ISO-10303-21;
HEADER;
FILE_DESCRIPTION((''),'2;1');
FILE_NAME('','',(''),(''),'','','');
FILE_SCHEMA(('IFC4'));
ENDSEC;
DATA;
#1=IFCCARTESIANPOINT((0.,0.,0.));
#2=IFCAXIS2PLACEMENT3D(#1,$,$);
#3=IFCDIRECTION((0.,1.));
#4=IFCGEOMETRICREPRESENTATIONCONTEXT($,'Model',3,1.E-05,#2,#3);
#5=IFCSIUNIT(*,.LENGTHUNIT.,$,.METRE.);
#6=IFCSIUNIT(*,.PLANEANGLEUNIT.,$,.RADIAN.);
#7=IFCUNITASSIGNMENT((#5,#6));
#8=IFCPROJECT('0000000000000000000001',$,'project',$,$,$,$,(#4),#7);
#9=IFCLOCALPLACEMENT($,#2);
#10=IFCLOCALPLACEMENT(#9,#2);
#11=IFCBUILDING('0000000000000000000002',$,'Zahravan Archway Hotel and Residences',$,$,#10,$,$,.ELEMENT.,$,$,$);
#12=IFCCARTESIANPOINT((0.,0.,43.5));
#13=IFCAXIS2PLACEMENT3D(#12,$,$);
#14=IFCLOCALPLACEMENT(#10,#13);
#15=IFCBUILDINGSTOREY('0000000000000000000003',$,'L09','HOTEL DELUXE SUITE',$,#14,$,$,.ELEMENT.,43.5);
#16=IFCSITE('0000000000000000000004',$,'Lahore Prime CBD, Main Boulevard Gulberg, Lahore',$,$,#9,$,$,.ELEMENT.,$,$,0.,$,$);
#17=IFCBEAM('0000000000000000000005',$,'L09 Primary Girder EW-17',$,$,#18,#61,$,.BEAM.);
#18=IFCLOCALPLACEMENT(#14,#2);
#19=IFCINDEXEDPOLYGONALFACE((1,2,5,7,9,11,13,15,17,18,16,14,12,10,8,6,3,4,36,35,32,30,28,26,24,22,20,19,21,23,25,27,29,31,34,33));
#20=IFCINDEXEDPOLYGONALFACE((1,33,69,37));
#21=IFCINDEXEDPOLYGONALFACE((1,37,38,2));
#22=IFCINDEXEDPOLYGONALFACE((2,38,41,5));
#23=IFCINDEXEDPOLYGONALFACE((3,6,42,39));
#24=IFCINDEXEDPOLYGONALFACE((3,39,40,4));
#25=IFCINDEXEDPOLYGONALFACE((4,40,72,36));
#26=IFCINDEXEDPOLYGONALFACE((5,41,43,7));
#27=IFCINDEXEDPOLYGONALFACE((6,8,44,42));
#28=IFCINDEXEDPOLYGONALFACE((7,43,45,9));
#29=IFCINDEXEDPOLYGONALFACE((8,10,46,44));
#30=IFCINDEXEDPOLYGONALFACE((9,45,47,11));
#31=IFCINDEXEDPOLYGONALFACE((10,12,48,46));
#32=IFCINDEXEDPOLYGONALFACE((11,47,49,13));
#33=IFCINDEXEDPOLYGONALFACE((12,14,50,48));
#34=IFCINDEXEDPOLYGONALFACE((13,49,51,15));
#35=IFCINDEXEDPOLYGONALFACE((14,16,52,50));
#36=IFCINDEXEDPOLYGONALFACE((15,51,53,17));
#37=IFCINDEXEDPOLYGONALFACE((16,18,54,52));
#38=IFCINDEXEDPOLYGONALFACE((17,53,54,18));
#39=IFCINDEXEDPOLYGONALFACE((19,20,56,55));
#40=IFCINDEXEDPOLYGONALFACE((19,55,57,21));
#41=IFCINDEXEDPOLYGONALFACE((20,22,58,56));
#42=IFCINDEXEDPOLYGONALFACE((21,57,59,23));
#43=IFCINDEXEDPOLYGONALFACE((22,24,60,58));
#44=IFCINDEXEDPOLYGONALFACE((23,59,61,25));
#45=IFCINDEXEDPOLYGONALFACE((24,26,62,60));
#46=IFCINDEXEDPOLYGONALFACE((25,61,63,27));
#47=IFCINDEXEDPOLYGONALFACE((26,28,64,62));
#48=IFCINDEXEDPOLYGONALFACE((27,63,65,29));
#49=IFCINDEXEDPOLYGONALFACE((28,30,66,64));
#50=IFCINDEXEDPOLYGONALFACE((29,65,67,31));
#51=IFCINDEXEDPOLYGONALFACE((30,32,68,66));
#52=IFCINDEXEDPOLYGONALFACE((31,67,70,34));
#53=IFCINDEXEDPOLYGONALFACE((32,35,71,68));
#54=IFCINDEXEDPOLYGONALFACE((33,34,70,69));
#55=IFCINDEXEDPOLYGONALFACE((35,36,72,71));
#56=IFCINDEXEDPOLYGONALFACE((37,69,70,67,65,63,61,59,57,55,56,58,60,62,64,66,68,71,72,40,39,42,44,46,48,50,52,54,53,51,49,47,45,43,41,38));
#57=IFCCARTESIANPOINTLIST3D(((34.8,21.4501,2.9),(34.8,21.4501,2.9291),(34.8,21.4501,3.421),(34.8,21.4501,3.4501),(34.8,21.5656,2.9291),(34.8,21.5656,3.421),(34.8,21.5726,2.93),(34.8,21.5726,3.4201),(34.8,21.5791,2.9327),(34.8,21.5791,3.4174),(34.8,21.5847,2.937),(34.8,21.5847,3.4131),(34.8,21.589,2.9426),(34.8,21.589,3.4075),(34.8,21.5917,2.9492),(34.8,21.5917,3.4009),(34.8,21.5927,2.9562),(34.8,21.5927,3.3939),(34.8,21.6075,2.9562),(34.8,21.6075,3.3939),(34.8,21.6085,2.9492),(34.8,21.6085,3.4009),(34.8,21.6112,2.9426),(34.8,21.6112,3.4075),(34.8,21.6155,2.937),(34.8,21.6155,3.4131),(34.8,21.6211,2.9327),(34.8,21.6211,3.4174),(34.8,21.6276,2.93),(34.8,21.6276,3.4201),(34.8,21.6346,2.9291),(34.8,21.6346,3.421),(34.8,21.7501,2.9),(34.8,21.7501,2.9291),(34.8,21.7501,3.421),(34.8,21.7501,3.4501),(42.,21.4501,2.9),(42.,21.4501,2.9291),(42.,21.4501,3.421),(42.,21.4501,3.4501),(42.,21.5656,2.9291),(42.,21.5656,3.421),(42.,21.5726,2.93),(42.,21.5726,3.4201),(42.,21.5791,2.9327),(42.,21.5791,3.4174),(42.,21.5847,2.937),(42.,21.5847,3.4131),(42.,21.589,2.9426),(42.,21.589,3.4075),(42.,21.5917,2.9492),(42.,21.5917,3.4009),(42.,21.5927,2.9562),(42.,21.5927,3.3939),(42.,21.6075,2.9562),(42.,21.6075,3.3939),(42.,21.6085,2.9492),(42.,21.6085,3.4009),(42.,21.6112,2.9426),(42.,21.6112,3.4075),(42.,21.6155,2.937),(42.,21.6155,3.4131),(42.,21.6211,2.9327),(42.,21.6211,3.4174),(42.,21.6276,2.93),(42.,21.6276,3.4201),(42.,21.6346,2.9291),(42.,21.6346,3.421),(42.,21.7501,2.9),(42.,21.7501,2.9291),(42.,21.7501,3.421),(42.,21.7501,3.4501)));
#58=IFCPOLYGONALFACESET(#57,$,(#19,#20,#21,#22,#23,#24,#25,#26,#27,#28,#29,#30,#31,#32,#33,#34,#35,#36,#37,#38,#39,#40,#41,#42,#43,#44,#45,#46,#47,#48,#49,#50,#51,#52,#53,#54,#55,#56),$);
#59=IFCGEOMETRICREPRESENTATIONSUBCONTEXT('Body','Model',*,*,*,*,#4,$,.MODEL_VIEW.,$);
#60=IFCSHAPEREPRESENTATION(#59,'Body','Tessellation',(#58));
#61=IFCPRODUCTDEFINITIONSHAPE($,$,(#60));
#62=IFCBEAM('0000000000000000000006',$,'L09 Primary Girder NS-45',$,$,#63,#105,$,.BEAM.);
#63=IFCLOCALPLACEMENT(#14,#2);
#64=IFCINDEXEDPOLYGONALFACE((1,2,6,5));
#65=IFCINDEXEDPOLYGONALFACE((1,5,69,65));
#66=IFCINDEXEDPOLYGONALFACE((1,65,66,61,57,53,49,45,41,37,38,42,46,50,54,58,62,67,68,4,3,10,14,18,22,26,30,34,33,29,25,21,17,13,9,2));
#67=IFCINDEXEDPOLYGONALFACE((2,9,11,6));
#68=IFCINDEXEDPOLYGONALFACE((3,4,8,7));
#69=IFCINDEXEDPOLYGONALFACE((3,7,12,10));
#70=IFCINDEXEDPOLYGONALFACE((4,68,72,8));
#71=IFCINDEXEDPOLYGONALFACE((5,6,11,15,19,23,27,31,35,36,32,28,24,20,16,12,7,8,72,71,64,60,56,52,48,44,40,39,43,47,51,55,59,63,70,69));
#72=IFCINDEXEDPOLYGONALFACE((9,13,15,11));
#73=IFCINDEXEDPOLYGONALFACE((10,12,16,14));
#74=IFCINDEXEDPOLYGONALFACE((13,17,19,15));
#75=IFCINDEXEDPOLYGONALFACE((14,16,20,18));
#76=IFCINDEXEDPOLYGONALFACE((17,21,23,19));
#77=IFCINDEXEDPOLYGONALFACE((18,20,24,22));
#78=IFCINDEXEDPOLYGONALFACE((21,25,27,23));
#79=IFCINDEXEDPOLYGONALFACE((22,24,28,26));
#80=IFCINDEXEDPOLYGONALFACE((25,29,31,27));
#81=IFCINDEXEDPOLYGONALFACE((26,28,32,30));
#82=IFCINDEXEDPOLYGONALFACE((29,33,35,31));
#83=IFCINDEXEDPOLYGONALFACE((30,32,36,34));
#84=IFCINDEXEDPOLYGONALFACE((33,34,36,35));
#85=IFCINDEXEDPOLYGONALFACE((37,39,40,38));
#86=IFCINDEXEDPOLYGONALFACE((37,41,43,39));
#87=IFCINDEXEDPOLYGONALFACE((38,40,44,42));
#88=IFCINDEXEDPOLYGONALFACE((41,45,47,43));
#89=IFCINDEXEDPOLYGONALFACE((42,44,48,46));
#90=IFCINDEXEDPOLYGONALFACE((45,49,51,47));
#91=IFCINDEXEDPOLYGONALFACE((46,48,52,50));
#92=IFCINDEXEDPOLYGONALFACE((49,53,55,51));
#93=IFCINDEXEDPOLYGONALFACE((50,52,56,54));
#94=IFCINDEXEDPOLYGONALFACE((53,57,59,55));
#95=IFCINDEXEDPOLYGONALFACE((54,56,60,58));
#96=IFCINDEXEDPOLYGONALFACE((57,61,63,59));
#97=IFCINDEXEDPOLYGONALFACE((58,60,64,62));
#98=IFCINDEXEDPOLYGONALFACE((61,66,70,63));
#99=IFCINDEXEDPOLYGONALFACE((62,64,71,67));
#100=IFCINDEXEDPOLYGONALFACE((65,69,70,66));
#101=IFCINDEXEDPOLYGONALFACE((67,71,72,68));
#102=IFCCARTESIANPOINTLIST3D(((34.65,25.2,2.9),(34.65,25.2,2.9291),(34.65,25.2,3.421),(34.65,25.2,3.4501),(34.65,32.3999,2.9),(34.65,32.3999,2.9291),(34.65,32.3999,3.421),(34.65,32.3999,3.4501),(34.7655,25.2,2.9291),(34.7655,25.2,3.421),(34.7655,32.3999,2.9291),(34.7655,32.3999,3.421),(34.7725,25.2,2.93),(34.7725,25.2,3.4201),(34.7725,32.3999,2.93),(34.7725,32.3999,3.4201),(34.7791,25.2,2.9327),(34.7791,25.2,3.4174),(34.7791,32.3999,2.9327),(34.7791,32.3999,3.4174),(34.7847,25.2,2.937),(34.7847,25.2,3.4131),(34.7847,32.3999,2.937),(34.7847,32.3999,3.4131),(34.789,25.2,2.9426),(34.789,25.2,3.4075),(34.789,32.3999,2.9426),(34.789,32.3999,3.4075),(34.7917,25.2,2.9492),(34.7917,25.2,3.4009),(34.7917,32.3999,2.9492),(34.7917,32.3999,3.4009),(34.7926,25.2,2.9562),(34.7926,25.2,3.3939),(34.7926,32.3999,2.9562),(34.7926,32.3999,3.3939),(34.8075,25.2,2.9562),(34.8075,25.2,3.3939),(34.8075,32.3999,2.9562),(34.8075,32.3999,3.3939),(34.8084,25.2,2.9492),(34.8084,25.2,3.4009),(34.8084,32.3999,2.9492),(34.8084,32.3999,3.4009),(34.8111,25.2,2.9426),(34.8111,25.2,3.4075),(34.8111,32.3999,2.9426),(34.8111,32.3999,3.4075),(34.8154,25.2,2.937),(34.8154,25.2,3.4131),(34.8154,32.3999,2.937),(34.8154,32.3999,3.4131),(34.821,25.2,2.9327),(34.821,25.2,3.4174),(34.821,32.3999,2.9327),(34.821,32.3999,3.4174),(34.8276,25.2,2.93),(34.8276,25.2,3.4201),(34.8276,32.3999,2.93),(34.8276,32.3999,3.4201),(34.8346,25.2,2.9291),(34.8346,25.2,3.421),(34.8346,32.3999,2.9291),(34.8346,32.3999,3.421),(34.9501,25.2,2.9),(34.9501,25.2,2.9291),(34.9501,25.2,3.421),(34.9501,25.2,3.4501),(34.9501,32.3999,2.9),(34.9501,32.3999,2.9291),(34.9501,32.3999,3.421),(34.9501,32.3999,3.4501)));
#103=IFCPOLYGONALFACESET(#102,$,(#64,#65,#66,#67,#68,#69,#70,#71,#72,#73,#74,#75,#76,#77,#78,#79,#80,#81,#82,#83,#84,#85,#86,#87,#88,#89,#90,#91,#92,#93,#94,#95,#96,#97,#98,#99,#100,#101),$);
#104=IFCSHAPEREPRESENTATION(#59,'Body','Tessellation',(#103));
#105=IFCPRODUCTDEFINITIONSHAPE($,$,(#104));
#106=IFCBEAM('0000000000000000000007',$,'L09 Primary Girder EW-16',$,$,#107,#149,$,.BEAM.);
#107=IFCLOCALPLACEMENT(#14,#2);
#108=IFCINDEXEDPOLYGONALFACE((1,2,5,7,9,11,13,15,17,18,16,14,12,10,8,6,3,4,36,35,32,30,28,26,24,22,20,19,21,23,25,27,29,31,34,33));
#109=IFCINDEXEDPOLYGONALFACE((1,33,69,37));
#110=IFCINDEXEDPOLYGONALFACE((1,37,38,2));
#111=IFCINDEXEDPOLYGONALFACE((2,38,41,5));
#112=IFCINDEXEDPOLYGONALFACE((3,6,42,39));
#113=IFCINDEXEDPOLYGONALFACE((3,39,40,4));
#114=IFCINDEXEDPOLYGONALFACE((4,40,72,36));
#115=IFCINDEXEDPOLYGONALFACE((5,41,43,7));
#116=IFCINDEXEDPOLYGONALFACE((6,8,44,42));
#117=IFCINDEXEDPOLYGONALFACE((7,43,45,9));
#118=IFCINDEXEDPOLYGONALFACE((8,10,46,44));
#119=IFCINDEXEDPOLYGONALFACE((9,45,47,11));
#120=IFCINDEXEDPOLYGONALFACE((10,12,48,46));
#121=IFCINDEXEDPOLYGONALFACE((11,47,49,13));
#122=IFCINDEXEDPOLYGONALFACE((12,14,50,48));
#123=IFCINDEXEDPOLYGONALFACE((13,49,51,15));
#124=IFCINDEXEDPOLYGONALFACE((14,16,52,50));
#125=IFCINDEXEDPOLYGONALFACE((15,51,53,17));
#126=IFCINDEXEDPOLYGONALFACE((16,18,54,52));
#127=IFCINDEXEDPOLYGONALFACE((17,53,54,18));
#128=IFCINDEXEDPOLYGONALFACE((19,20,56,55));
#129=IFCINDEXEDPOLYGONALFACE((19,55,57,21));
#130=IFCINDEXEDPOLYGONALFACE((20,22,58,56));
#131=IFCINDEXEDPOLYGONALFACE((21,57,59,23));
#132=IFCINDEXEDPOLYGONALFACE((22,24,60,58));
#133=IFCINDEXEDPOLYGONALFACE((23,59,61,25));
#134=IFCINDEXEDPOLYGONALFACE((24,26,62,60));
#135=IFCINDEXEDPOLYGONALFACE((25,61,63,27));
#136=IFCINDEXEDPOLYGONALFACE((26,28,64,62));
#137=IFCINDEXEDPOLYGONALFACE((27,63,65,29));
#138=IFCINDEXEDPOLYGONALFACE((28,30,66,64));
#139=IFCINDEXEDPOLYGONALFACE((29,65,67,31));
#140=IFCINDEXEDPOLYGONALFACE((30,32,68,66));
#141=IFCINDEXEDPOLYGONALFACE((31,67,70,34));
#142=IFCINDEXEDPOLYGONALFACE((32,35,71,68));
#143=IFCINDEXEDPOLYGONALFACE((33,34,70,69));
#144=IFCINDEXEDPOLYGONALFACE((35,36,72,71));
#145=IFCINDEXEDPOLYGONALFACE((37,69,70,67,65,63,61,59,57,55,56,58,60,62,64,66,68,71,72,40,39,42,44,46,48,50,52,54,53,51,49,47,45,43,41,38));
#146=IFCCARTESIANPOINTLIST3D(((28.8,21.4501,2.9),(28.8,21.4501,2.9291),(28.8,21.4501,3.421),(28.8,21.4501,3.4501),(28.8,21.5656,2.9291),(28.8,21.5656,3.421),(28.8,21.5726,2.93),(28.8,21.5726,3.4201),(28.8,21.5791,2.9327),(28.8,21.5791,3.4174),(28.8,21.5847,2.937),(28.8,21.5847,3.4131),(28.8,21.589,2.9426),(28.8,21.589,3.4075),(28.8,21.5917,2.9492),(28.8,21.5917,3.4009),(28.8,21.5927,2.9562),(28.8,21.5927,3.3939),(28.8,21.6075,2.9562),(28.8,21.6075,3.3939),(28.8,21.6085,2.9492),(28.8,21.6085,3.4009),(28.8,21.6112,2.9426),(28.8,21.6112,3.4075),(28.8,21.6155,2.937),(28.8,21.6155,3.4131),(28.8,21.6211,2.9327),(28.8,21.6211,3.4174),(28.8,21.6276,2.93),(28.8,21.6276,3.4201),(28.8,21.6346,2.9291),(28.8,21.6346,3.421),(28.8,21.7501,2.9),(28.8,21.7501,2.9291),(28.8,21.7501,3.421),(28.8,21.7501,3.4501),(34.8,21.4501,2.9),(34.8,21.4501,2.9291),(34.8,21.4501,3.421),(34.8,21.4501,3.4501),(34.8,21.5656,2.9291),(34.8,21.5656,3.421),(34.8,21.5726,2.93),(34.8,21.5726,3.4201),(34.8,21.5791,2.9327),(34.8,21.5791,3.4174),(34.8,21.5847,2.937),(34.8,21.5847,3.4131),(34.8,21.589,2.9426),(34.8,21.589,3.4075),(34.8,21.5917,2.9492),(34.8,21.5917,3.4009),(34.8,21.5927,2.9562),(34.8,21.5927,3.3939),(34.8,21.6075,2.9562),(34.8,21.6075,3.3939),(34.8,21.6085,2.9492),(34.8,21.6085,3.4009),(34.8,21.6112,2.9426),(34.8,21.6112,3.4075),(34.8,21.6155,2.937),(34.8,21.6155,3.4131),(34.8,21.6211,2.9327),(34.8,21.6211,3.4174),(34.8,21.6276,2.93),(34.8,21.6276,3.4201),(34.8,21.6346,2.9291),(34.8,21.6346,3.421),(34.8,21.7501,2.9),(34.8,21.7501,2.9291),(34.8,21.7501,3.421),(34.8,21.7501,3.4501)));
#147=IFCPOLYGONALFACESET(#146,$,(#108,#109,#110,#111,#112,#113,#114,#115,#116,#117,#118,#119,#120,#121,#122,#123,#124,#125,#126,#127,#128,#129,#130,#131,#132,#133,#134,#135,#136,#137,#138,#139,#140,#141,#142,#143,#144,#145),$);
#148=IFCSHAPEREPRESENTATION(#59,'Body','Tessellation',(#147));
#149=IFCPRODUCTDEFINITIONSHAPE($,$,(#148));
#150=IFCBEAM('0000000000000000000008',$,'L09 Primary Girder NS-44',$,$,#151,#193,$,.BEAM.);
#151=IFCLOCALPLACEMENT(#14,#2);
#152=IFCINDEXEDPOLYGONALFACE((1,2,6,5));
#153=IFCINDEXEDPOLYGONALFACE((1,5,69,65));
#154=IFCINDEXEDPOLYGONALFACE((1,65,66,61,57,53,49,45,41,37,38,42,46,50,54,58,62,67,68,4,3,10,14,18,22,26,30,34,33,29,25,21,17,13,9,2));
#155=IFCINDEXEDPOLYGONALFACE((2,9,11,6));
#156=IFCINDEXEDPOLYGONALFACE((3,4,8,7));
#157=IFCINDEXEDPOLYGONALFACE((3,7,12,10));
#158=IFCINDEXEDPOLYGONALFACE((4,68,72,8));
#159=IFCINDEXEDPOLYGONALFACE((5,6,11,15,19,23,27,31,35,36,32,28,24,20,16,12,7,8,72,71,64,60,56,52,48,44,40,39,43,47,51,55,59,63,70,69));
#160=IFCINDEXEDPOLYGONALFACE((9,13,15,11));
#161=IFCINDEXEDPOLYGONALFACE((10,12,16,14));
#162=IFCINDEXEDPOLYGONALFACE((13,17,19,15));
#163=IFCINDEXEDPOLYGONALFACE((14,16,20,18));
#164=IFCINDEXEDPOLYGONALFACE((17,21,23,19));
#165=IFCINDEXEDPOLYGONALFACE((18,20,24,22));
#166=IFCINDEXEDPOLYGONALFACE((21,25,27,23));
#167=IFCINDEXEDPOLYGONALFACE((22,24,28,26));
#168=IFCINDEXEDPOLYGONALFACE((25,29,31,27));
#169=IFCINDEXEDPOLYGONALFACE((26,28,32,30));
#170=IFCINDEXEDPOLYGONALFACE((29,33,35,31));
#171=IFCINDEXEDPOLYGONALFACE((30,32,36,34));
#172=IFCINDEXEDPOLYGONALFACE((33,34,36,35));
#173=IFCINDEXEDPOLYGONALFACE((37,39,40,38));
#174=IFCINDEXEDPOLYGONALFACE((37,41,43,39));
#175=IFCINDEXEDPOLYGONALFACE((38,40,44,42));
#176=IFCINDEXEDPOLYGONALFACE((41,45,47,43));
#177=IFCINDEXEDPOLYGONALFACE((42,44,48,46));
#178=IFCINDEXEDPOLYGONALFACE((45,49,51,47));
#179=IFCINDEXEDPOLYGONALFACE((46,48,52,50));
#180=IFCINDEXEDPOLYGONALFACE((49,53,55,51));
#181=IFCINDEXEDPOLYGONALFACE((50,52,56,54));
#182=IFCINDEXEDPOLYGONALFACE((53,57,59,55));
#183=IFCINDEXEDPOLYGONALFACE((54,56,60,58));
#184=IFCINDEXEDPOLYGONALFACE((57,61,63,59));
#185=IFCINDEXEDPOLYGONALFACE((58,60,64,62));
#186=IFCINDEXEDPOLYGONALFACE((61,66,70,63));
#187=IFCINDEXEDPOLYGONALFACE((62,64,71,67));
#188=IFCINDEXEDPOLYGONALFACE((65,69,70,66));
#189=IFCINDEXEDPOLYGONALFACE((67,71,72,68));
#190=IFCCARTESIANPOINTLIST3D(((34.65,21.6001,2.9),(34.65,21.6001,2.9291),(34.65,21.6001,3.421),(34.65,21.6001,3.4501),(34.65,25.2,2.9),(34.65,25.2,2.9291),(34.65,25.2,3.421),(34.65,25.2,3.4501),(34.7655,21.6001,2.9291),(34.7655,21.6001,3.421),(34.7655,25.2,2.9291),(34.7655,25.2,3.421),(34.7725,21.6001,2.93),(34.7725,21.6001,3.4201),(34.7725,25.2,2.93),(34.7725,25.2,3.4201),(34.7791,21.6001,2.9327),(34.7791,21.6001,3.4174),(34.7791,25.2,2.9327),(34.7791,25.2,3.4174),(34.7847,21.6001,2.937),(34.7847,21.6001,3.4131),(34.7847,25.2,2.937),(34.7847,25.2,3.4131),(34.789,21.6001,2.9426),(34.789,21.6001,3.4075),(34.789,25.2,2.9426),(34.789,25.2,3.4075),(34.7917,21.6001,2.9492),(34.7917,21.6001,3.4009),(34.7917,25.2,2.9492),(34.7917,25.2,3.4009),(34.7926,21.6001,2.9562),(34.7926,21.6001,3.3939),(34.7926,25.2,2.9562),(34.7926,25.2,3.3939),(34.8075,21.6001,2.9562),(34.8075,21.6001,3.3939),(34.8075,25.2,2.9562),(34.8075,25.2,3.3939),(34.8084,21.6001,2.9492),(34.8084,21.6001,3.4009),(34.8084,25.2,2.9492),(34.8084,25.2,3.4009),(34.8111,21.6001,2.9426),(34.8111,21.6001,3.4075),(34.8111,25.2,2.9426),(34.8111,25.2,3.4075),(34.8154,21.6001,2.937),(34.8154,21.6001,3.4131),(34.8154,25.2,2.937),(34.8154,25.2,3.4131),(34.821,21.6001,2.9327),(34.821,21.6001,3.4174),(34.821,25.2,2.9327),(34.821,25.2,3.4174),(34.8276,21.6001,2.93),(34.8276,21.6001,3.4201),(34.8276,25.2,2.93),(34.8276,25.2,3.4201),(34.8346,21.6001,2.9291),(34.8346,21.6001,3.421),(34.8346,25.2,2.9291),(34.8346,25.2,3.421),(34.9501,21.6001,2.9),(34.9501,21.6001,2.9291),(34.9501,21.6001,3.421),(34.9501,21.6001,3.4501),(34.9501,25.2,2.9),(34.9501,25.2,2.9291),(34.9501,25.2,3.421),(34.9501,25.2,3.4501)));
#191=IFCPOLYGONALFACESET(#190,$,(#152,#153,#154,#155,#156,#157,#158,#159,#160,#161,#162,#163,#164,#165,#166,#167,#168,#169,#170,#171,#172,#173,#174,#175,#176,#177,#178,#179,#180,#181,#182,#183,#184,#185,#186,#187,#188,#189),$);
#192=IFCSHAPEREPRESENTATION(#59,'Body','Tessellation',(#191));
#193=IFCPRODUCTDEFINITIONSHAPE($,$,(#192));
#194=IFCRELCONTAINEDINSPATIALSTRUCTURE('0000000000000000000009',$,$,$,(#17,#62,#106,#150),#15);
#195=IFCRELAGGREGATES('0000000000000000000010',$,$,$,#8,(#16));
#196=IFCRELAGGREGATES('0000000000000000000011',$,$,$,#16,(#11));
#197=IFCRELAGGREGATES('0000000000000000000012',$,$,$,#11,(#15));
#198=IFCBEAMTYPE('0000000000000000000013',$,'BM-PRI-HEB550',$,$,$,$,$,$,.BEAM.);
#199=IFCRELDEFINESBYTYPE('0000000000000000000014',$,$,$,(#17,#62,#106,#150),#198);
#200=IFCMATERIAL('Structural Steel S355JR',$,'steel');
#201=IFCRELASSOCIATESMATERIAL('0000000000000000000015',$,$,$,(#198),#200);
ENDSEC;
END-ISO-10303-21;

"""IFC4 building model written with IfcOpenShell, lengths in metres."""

from ifc_helpers import new_model, si_unit, direction, frame, origin, origin_2d, place, context, subcontext, project, spatial, i_section, extrude, source, transform, mapped, material, material_profile, profile_set, type_object, element, save


model = new_model("IFC4")

# Units and contexts
model_context = context("Model", 3, precision=1e-05, world=origin(), true_north=direction((0.0, 1.0)))
body_context = subcontext(model_context, "Body", "Model", "MODEL_VIEW")
ifc_project = project(units=[si_unit("LENGTHUNIT", "METRE"), si_unit("PLANEANGLEUNIT", "RADIAN")], contexts=[model_context])

# Site, building, storey
site_placement = place(None, origin())
site = spatial("IfcSite", under=ifc_project, at=site_placement, Name="Lahore Prime CBD, Main Boulevard Gulberg, Lahore", CompositionType="ELEMENT", RefElevation=0.0)
building_placement = place(site_placement, origin())
building = spatial("IfcBuilding", under=site, at=building_placement, Name="Zahravan Archway Hotel and Residences", CompositionType="ELEMENT")
storey_placement = place(building_placement, frame((0.0, 0.0, 43.5)))
storey = spatial("IfcBuildingStorey", under=building, at=storey_placement, Name="L09", Description="HOTEL DELUXE SUITE", CompositionType="ELEMENT", Elevation=43.5)

# Beams
ifc_material_1 = material(Name="Structural Steel S355JR", Category="steel")
ifc_material_profile_1 = material_profile(ifc_material_1, i_section(OverallWidth=0.3, OverallDepth=0.55, WebThickness=0.0149, FlangeThickness=0.0291, FilletRadius=0.0271, at=origin_2d()), Name="HEB 550", Category="steel")
ifc_profile_set_1 = profile_set([ifc_material_profile_1], Name="Structural Steel S355JR")
beam_type_1 = type_object("IfcBeamType", Name="BM-PRI-HEB550", PredefinedType="BEAM", material=ifc_profile_set_1)
shared_shape_1 = source(origin(), body_context, "Body", "SweptSolid", [
    extrude(i_section(OverallWidth=0.3, OverallDepth=0.55, WebThickness=0.0149, FlangeThickness=0.0291, FilletRadius=0.0271, at=origin_2d()), origin(), (0.0, 0.0, 1.0), 7.2),
])
for number, where, z_axis, x_axis, name in (
    (1, (34.8, 21.6001, 3.175), (1.0, 0.0, 0.0), (0.0, 1.0, 0.0), "L09 Primary Girder EW-17"),
    (2, (34.8, 25.2, 3.175), (0.0, 1.0, 0.0), (-1.0, 0.0, 0.0), "L09 Primary Girder NS-45"),
):
    element("IfcBeam", number, at=place(storey_placement, frame(where, z_axis=z_axis, x_axis=x_axis)), inside=storey, type_object=beam_type_1, Name=name, PredefinedType="BEAM", context=body_context, shape_type="MappedRepresentation", body=[
        mapped(shared_shape_1, transform((0.0, 0.0, 0.0), scale=1.0)),
    ])
shared_shape_2 = source(origin(), body_context, "Body", "SweptSolid", [
    extrude(i_section(OverallWidth=0.3, OverallDepth=0.55, WebThickness=0.0149, FlangeThickness=0.0291, FilletRadius=0.0271, at=origin_2d()), origin(), (0.0, 0.0, 1.0), 6.0),
])
beam_1_placement = place(storey_placement, frame((28.8, 21.6001, 3.175), z_axis=(1.0, 0.0, 0.0), x_axis=(0.0, 1.0, 0.0)))
element("IfcBeam", 3, at=beam_1_placement, inside=storey, type_object=beam_type_1, Name="L09 Primary Girder EW-16", PredefinedType="BEAM", context=body_context, shape_type="MappedRepresentation", body=[
    mapped(shared_shape_2, transform((0.0, 0.0, 0.0), scale=1.0)),
])
shared_shape_3 = source(origin(), body_context, "Body", "SweptSolid", [
    extrude(i_section(OverallWidth=0.3, OverallDepth=0.55, WebThickness=0.0149, FlangeThickness=0.0291, FilletRadius=0.0271, at=origin_2d()), origin(), (0.0, 0.0, 1.0), 3.5999),
])
beam_2_placement = place(storey_placement, frame((34.8, 21.6001, 3.175), z_axis=(0.0, 1.0, 0.0), x_axis=(-1.0, 0.0, 0.0)))
element("IfcBeam", 4, at=beam_2_placement, inside=storey, type_object=beam_type_1, Name="L09 Primary Girder NS-44", PredefinedType="BEAM", context=body_context, shape_type="MappedRepresentation", body=[
    mapped(shared_shape_3, transform((0.0, 0.0, 0.0), scale=1.0)),
])

save(model, "model.ifc")
